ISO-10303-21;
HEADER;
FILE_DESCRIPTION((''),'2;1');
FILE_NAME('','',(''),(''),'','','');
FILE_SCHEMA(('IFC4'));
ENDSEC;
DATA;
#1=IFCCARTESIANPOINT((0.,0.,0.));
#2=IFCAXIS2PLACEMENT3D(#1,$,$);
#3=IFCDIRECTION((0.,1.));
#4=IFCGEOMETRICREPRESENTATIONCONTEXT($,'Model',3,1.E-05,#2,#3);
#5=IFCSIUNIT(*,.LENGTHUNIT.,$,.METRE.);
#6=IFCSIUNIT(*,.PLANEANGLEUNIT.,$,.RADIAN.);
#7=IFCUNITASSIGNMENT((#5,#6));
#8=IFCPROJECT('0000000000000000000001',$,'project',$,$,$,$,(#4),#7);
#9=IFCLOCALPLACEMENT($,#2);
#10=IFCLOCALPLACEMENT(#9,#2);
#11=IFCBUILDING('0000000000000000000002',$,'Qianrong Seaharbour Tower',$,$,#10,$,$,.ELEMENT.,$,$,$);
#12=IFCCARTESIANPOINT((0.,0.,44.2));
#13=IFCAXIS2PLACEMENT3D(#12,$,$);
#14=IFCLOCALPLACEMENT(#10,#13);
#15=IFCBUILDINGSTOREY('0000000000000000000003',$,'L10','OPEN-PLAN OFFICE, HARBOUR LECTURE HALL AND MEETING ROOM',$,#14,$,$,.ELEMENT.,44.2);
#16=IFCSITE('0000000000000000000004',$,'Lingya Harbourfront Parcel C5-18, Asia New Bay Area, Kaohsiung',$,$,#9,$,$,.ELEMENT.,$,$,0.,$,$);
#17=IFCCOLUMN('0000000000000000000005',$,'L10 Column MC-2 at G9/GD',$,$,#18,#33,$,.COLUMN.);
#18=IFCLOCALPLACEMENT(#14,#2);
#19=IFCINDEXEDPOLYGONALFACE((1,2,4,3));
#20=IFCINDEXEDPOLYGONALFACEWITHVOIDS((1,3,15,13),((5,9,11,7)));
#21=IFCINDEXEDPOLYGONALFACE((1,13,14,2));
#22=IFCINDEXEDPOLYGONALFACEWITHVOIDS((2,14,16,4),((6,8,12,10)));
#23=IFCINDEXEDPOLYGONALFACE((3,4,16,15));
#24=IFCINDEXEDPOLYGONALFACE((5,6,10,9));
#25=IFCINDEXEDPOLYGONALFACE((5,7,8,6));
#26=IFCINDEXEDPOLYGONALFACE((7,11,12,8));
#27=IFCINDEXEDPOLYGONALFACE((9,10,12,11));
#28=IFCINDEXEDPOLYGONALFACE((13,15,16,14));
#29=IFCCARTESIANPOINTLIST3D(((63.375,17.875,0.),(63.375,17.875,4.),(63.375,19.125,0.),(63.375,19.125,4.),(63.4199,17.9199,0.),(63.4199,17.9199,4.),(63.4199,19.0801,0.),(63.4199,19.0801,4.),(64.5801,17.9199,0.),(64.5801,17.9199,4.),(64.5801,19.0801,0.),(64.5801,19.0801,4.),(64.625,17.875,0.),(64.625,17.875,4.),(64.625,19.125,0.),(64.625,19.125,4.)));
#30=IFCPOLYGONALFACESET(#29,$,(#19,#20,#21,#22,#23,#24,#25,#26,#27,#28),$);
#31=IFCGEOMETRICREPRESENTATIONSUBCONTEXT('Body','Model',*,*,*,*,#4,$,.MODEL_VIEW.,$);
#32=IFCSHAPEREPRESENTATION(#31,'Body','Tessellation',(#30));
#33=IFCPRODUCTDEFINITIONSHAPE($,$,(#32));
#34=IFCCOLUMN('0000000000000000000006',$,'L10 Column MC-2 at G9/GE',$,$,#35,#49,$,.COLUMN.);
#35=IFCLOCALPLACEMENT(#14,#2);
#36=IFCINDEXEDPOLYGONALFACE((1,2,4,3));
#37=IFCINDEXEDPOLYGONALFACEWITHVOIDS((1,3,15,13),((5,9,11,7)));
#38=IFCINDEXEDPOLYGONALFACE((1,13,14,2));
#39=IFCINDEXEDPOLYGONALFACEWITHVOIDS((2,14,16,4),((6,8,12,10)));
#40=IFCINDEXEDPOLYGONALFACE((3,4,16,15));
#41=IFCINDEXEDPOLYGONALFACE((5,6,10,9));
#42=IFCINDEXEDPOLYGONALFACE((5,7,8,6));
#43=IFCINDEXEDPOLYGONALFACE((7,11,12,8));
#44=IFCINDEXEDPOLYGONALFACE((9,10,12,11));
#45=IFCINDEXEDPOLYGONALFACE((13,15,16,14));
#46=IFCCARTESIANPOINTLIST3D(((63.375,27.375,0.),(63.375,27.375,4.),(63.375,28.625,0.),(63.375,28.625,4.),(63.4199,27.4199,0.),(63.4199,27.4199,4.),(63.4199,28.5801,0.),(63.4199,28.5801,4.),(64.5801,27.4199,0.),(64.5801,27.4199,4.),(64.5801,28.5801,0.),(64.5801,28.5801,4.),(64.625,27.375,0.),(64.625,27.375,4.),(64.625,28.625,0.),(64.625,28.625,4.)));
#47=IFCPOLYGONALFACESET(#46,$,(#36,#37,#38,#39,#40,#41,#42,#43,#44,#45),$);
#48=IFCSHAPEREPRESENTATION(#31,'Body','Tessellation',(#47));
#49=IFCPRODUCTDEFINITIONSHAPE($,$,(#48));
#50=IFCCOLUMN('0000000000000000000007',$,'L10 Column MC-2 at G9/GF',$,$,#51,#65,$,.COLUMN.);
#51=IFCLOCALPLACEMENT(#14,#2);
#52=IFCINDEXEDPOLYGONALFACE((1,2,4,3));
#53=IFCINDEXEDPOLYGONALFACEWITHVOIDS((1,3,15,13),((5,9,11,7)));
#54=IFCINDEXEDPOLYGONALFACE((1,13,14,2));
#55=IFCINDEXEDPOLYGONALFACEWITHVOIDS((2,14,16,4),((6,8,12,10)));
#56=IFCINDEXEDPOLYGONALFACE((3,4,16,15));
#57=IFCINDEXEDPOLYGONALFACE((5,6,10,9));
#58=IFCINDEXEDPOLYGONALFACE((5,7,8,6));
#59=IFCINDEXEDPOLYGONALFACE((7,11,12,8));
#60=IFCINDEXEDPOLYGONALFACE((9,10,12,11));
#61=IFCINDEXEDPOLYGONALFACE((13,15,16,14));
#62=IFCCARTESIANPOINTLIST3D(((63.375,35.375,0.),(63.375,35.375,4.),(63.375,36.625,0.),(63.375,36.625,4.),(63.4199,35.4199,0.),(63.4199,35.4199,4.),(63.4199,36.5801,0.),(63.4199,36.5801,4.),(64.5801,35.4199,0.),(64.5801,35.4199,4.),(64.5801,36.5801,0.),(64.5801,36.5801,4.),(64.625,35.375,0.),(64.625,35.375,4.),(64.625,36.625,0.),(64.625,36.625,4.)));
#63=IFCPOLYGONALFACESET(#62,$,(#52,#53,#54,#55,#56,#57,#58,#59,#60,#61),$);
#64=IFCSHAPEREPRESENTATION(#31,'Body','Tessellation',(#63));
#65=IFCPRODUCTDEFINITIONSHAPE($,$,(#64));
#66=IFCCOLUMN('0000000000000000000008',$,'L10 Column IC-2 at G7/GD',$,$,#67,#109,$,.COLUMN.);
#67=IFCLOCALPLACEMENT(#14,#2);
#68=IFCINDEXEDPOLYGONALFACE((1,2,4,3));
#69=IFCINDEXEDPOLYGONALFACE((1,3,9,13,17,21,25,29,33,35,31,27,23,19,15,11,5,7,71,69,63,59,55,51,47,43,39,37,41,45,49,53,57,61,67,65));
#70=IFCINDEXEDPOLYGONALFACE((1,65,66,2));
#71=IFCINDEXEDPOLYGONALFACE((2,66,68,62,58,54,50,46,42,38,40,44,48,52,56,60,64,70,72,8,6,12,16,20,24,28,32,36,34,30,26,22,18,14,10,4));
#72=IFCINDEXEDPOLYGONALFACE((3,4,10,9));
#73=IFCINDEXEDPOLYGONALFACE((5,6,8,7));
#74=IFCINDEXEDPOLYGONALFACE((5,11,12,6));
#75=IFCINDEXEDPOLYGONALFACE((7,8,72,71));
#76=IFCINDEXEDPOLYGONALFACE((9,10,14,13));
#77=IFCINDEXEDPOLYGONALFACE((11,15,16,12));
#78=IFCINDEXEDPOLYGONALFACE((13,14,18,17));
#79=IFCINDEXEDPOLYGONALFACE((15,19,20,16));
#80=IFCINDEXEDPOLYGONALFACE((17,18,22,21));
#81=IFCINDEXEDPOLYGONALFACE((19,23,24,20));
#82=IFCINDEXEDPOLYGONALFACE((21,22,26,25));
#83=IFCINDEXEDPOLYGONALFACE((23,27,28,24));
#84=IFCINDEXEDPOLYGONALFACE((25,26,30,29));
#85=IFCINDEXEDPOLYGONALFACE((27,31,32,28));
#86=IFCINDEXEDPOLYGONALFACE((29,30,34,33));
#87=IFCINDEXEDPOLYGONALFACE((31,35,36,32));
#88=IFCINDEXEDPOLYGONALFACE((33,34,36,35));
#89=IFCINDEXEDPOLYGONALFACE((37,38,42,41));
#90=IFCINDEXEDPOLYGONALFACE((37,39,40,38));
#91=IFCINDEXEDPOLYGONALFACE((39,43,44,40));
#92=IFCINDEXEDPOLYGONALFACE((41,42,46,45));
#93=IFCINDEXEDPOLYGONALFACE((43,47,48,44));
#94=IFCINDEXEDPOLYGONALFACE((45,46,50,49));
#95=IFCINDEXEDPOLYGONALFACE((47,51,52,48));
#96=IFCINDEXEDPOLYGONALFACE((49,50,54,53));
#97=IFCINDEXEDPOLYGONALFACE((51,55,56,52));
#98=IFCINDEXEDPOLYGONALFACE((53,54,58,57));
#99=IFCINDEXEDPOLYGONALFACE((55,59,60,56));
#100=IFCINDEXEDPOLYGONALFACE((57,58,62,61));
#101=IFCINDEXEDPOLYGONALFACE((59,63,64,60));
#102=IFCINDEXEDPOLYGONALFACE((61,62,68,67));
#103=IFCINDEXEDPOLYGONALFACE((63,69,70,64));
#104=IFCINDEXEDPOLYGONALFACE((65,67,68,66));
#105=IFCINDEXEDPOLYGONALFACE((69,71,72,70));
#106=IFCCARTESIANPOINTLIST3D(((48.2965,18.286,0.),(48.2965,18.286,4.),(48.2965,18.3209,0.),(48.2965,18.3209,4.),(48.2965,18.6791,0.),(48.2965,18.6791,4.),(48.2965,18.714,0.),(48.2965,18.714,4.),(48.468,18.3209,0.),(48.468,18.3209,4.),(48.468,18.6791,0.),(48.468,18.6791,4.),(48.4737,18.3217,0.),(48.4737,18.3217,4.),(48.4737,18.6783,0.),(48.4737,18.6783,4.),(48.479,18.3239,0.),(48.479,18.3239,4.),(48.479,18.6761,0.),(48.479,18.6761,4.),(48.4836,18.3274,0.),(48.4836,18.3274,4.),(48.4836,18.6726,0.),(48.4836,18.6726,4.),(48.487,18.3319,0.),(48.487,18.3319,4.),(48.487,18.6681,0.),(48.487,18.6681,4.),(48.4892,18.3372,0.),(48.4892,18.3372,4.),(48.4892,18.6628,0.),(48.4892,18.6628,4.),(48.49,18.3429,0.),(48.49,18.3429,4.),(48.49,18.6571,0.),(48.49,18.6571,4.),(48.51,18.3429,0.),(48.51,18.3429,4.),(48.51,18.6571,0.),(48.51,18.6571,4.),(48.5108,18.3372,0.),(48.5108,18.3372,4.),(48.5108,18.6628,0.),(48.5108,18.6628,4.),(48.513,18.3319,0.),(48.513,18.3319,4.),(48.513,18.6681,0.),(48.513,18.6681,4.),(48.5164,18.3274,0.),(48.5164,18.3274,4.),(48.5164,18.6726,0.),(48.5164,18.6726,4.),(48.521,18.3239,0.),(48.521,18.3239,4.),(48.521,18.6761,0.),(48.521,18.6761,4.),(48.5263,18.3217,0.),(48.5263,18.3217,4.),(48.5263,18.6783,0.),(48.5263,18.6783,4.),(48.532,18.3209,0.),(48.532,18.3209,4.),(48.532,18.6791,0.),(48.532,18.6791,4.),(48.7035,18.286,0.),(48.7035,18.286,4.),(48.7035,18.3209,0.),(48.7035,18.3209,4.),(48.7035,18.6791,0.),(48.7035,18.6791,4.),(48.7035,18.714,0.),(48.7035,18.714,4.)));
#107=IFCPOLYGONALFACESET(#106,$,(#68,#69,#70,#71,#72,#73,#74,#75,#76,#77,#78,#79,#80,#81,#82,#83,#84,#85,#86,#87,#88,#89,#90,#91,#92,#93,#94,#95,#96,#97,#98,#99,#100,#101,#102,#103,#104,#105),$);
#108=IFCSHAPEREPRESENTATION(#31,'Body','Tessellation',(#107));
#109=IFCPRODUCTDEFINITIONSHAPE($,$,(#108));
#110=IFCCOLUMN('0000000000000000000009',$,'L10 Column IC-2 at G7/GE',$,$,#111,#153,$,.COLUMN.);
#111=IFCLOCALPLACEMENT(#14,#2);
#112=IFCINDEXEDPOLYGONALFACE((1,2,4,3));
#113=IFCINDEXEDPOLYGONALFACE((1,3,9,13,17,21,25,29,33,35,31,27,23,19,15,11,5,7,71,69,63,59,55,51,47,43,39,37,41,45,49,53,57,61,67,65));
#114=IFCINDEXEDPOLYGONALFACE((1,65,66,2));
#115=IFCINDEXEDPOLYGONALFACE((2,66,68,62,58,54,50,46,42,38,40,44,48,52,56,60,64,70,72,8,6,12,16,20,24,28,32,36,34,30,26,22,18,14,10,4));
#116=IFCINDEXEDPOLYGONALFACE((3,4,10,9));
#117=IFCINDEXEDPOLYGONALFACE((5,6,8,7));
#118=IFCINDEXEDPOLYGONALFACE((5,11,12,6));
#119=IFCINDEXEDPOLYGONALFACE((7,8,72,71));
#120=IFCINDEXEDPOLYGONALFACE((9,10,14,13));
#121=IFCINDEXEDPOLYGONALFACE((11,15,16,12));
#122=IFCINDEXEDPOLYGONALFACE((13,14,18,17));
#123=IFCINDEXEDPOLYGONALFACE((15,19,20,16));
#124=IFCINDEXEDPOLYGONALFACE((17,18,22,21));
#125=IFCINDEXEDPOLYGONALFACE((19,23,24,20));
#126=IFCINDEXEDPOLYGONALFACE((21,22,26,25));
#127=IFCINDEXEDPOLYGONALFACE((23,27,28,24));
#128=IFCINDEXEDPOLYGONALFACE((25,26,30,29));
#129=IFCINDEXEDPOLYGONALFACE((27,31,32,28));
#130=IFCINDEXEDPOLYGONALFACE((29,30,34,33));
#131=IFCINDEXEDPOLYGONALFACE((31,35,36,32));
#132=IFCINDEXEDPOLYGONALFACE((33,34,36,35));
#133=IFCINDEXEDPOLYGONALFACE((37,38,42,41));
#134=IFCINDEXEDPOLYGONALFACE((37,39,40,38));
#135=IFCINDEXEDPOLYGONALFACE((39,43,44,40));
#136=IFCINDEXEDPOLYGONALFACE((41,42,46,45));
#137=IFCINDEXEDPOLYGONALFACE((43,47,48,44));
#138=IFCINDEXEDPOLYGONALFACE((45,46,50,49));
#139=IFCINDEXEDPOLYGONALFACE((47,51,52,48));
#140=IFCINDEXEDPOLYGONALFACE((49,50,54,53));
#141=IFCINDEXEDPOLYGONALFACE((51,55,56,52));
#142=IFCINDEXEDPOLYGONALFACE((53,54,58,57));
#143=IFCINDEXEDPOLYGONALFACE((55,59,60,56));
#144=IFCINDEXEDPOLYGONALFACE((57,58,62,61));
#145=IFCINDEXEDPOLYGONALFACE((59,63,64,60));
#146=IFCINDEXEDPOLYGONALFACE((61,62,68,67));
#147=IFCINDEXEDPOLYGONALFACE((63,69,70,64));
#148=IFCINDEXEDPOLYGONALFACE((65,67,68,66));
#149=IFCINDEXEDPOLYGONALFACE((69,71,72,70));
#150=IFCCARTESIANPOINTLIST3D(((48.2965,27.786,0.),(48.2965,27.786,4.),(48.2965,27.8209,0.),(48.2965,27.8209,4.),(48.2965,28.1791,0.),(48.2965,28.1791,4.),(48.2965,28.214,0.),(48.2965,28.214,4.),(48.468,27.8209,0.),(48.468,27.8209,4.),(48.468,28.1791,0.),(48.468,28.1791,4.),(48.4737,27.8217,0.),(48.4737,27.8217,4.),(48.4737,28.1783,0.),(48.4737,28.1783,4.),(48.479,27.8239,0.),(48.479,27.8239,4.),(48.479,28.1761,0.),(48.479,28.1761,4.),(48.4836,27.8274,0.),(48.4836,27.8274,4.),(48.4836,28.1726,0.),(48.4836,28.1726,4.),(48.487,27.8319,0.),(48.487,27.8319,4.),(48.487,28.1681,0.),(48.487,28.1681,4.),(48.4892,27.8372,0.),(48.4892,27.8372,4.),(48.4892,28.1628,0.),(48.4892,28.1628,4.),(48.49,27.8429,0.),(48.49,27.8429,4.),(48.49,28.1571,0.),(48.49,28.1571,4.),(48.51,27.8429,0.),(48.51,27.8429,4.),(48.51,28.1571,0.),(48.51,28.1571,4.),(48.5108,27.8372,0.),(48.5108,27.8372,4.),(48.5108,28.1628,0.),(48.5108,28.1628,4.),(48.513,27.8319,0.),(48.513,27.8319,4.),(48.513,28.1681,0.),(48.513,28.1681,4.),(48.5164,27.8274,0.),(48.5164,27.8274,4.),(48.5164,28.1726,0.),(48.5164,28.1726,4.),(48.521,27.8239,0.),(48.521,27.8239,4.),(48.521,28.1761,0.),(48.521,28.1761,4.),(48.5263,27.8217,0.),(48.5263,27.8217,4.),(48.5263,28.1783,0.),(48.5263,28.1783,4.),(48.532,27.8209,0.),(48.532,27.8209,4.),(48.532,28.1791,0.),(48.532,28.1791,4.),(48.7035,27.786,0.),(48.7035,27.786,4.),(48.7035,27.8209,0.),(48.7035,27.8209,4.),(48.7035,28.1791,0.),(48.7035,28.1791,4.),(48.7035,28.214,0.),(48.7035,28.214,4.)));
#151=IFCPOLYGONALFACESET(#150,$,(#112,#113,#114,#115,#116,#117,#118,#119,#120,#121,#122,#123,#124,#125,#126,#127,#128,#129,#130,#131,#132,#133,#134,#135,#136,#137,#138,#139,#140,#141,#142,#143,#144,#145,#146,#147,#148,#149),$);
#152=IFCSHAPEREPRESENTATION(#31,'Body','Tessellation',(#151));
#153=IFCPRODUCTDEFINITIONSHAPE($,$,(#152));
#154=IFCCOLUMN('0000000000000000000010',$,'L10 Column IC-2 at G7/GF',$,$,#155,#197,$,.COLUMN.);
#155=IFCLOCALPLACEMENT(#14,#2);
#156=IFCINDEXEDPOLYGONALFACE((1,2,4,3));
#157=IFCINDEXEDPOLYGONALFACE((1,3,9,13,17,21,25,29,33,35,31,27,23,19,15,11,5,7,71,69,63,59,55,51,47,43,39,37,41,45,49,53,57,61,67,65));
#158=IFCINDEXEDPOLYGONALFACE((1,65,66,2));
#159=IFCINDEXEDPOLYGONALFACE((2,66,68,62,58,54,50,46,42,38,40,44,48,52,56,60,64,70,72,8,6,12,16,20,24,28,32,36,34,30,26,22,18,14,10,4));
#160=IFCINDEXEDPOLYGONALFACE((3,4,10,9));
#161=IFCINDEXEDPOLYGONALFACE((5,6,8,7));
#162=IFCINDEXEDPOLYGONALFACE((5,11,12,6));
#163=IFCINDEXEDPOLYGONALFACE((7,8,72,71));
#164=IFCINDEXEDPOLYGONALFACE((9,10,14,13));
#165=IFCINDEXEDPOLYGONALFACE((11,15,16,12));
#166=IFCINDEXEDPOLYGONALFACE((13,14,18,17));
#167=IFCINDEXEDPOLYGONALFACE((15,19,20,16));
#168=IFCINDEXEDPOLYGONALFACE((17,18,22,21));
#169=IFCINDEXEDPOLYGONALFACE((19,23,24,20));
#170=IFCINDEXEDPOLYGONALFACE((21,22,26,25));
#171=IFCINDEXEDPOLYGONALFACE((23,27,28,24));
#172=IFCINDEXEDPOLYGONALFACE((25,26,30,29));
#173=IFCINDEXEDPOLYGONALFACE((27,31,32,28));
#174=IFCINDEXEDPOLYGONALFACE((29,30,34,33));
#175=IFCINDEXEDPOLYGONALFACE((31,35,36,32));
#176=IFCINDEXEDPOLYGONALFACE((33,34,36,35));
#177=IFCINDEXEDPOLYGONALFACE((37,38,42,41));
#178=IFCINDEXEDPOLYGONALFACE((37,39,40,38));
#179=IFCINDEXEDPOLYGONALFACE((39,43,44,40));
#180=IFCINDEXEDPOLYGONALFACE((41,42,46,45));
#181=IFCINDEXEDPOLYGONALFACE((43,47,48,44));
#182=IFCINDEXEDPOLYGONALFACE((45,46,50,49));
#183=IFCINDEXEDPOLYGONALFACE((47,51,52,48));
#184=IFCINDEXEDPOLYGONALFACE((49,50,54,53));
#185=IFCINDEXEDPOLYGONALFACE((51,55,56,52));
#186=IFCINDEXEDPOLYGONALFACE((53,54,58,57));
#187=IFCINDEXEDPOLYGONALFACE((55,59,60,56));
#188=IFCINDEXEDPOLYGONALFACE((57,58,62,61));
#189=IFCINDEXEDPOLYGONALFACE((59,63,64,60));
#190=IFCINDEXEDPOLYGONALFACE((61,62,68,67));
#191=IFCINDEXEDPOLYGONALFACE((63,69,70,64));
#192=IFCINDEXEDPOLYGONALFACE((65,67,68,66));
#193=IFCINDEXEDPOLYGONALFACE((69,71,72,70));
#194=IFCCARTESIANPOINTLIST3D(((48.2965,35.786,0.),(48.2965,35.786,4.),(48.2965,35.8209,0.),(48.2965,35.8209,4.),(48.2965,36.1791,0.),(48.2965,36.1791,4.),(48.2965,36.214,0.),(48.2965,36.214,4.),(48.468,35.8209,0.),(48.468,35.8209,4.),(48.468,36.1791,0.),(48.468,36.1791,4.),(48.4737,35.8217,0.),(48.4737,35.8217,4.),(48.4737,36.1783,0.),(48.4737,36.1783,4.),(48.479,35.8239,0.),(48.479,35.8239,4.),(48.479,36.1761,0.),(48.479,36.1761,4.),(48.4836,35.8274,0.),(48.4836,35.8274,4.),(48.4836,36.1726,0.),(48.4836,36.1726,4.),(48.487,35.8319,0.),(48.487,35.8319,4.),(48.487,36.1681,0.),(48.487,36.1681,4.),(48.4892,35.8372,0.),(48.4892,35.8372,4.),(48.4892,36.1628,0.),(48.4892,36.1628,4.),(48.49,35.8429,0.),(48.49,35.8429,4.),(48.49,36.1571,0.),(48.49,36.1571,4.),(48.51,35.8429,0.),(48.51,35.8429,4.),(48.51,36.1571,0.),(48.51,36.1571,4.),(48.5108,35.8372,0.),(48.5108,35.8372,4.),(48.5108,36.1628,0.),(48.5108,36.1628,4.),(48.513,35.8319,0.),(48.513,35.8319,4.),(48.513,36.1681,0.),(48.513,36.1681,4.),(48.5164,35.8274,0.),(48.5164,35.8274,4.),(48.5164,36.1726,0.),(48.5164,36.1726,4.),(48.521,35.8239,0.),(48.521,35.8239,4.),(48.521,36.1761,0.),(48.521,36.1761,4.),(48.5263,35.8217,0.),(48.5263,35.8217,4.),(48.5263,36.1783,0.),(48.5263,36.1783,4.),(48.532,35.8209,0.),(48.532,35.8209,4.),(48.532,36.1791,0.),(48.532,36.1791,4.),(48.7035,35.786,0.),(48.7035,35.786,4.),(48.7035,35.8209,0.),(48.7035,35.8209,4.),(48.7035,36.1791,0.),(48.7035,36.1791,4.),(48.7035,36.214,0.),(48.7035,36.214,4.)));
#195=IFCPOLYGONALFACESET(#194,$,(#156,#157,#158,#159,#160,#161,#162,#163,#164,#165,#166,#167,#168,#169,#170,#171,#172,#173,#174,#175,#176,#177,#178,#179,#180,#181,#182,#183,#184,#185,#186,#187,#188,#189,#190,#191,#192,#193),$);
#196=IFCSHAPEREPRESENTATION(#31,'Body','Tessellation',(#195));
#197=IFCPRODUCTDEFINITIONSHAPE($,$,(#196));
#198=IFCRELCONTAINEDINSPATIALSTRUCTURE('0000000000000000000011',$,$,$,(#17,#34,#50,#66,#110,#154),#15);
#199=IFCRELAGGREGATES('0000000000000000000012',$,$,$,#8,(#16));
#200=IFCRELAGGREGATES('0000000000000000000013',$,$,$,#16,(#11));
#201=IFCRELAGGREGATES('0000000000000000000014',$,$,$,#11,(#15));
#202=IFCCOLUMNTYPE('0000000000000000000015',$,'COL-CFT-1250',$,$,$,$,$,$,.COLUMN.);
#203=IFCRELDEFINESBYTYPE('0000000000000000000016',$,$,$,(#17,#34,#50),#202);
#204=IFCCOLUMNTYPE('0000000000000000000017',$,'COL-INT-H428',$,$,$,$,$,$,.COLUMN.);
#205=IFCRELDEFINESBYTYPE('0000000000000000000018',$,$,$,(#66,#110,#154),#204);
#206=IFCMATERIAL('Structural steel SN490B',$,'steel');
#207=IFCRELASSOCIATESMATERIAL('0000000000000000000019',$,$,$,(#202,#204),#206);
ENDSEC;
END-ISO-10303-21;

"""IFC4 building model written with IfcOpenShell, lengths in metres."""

from ifc_helpers import new_model, si_unit, direction, frame, origin, origin_2d, place, context, subcontext, project, spatial, hollow_rectangle, i_section, extrude, material, material_profile, profile_set, type_object, element, save


model = new_model("IFC4")

# Units and contexts
model_context = context("Model", 3, precision=1e-05, world=origin(), true_north=direction((0.0, 1.0)))
body_context = subcontext(model_context, "Body", "Model", "MODEL_VIEW")
ifc_project = project(units=[si_unit("LENGTHUNIT", "METRE"), si_unit("PLANEANGLEUNIT", "RADIAN")], contexts=[model_context])

# Site, building, storey
site_placement = place(None, origin())
site = spatial("IfcSite", under=ifc_project, at=site_placement, Name="Lingya Harbourfront Parcel C5-18, Asia New Bay Area, Kaohsiung", CompositionType="ELEMENT", RefElevation=0.0)
building_placement = place(site_placement, origin())
building = spatial("IfcBuilding", under=site, at=building_placement, Name="Qianrong Seaharbour Tower", CompositionType="ELEMENT")
storey_placement = place(building_placement, frame((0.0, 0.0, 44.2)))
storey = spatial("IfcBuildingStorey", under=building, at=storey_placement, Name="L10", Description="OPEN-PLAN OFFICE, HARBOUR LECTURE HALL AND MEETING ROOM", CompositionType="ELEMENT", Elevation=44.2)

# Columns
ifc_material_1 = material(Name="Structural steel SN490B", Category="steel")
ifc_material_profile_1 = material_profile(ifc_material_1, hollow_rectangle(XDim=1.25, YDim=1.25, WallThickness=0.0449, at=origin_2d()), Name="BOX1250x1250x45")
ifc_profile_set_1 = profile_set([ifc_material_profile_1], Name="Structural steel SN490B")
column_type_1 = type_object("IfcColumnType", Name="COL-CFT-1250", PredefinedType="COLUMN", material=ifc_profile_set_1)
for number, where, z_axis, x_axis, name in (
    (1, (64.0, 18.5, 0.0), (0.0, 0.0, 1.0), (1.0, 0.0, 0.0), "L10 Column MC-2 at G9/GD"),
    (2, (64.0, 28.0, 0.0), (0.0, 0.0, 1.0), (1.0, 0.0, 0.0), "L10 Column MC-2 at G9/GE"),
    (3, (64.0, 36.0, 0.0), (0.0, 0.0, 1.0), (1.0, 0.0, 0.0), "L10 Column MC-2 at G9/GF"),
):
    element("IfcColumn", number, at=place(storey_placement, frame(where, z_axis=z_axis, x_axis=x_axis)), inside=storey, type_object=column_type_1, Name=name, PredefinedType="COLUMN", context=body_context, shape_type="SweptSolid", body=[
        extrude(hollow_rectangle(XDim=1.25, YDim=1.25, WallThickness=0.0449, at=origin_2d()), origin(), (0.0, 0.0, 1.0), 4.0),
    ])
ifc_material_profile_2 = material_profile(ifc_material_1, i_section(OverallWidth=0.407, OverallDepth=0.428, WebThickness=0.02, FlangeThickness=0.0349, FilletRadius=0.022, at=origin_2d()), Name="H428x407x20x35")
ifc_profile_set_2 = profile_set([ifc_material_profile_2], Name="Structural steel SN490B")
column_type_2 = type_object("IfcColumnType", Name="COL-INT-H428", PredefinedType="COLUMN", material=ifc_profile_set_2)
for number, where, z_axis, x_axis, name in (
    (4, (48.5, 18.5, 0.0), (0.0, 0.0, 1.0), (1.0, 0.0, 0.0), "L10 Column IC-2 at G7/GD"),
    (5, (48.5, 28.0, 0.0), (0.0, 0.0, 1.0), (1.0, 0.0, 0.0), "L10 Column IC-2 at G7/GE"),
    (6, (48.5, 36.0, 0.0), (0.0, 0.0, 1.0), (1.0, 0.0, 0.0), "L10 Column IC-2 at G7/GF"),
):
    element("IfcColumn", number, at=place(storey_placement, frame(where, z_axis=z_axis, x_axis=x_axis)), inside=storey, type_object=column_type_2, Name=name, PredefinedType="COLUMN", context=body_context, shape_type="SweptSolid", body=[
        extrude(i_section(OverallWidth=0.407, OverallDepth=0.428, WebThickness=0.02, FlangeThickness=0.0349, FilletRadius=0.022, at=origin_2d()), origin(), (0.0, 0.0, 1.0), 4.0),
    ])

save(model, "model.ifc")
